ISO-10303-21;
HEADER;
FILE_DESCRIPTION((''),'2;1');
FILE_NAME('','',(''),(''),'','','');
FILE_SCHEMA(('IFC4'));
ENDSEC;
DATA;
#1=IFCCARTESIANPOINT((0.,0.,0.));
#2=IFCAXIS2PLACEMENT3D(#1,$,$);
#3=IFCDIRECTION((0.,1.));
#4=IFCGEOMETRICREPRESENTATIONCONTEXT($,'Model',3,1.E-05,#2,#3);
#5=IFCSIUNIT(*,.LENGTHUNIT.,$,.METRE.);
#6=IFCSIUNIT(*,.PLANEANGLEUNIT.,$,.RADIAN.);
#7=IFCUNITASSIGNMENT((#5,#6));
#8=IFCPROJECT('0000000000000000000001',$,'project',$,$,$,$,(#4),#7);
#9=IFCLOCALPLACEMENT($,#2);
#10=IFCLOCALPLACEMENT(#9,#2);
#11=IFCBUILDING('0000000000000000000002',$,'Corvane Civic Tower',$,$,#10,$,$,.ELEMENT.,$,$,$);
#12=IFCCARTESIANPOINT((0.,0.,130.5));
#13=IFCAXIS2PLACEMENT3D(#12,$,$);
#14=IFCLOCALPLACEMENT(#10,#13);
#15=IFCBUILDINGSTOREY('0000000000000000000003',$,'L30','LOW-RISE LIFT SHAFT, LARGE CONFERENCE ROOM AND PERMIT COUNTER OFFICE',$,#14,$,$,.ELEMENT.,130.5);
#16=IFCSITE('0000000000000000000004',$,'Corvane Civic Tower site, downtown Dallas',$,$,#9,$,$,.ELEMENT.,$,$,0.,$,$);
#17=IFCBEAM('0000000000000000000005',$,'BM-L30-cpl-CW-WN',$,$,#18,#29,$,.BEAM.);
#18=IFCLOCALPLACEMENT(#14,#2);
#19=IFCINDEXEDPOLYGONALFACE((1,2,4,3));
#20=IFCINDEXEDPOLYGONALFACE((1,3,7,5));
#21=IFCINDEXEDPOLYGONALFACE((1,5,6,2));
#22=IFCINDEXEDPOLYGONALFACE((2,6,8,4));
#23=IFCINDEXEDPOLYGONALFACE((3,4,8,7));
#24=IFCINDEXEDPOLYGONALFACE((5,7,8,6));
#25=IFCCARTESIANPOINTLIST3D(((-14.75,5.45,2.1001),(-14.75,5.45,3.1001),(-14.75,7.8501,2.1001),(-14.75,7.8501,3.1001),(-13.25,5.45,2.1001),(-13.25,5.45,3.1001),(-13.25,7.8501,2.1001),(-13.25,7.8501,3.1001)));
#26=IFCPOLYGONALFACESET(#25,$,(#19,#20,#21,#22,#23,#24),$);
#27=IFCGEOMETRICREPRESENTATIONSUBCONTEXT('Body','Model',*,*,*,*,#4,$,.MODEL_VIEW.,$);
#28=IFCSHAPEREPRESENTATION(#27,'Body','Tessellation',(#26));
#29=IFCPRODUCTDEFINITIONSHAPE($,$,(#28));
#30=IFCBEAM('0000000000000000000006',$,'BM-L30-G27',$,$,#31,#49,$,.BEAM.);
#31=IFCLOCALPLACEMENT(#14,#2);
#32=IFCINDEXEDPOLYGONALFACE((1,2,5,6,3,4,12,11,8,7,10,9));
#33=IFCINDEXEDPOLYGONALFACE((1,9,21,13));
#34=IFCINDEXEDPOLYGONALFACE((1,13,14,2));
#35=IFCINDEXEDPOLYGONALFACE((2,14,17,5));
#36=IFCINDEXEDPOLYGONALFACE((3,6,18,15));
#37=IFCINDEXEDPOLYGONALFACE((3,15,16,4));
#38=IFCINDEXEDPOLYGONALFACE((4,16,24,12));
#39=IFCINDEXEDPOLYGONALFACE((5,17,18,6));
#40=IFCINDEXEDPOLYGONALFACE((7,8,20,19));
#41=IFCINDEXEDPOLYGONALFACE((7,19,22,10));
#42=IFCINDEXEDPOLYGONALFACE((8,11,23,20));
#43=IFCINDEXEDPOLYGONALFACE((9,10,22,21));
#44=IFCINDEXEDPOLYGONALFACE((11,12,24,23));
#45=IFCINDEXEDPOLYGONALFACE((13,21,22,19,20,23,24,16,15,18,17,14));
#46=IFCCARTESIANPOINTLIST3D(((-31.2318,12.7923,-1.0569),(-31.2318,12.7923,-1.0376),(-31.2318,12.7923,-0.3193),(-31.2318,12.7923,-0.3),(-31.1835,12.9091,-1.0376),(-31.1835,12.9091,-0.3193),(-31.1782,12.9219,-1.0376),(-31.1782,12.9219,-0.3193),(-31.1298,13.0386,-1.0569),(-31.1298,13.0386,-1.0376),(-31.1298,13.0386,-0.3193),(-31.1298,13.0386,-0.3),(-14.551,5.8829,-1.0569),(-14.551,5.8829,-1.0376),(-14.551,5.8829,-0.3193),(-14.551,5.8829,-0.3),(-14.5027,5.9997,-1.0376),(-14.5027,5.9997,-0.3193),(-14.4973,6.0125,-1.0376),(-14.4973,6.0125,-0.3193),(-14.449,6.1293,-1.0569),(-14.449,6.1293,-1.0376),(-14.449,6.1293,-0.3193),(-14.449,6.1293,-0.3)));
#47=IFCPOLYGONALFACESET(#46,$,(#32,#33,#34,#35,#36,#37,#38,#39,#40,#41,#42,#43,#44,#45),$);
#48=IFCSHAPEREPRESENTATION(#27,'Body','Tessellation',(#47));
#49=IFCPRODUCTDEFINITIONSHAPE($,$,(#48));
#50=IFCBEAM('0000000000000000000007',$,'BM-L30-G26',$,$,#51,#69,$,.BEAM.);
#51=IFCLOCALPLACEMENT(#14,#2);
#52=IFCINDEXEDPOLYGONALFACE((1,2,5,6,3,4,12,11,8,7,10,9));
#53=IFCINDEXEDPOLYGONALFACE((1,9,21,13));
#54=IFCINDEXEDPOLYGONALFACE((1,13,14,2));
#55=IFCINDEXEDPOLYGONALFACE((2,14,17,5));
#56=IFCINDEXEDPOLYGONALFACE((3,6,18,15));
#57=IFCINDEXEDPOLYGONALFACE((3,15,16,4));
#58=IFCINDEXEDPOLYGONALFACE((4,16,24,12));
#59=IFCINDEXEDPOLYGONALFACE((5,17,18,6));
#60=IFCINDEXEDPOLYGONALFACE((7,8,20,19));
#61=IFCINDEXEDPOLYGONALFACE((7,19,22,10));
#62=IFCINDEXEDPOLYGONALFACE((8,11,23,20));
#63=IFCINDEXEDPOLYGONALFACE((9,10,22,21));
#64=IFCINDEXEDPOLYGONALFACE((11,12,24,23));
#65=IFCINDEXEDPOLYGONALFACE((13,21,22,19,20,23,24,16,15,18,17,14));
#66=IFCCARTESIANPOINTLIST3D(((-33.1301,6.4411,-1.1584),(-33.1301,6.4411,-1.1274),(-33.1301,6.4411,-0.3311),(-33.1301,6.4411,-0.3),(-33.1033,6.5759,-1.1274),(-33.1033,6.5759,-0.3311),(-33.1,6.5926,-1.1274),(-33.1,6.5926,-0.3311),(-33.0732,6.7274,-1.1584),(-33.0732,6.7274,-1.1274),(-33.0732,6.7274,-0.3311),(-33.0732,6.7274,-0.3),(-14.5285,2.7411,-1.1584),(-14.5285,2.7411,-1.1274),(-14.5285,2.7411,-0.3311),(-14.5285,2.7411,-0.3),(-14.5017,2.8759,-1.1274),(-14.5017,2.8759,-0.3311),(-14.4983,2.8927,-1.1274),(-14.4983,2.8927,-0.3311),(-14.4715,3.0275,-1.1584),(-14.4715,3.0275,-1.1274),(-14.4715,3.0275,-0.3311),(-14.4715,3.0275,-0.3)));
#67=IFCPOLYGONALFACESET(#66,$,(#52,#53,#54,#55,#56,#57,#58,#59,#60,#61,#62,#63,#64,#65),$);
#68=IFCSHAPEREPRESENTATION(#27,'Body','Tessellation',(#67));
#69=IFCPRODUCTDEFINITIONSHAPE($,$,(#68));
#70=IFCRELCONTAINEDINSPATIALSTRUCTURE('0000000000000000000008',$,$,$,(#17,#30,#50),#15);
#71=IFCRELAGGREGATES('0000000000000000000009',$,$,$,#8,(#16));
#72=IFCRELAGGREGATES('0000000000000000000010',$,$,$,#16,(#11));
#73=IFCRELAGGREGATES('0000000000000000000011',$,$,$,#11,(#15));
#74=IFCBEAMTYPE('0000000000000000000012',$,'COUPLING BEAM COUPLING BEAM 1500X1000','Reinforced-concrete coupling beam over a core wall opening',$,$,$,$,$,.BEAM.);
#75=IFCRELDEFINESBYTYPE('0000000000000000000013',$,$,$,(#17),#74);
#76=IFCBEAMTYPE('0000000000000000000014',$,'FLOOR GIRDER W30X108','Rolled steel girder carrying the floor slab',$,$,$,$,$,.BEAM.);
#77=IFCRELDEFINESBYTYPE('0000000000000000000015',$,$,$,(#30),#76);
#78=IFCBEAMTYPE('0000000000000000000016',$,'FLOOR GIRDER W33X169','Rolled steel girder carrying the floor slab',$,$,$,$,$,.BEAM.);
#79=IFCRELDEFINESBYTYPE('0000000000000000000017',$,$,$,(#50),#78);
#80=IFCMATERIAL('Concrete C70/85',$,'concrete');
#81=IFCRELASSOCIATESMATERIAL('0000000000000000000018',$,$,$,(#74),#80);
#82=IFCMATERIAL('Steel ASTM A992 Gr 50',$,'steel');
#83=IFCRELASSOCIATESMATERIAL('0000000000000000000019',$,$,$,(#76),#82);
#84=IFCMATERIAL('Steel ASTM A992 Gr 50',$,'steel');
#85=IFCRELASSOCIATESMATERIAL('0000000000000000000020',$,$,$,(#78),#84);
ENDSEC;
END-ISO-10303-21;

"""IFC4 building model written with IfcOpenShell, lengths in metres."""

from ifc_helpers import new_model, si_unit, direction, frame, origin, origin_2d, place, context, subcontext, project, spatial, rectangle, i_section, extrude, material, material_profile, profile_set, type_object, element, save


model = new_model("IFC4")

# Units and contexts
model_context = context("Model", 3, precision=1e-05, world=origin(), true_north=direction((0.0, 1.0)))
body_context = subcontext(model_context, "Body", "Model", "MODEL_VIEW")
ifc_project = project(units=[si_unit("LENGTHUNIT", "METRE"), si_unit("PLANEANGLEUNIT", "RADIAN")], contexts=[model_context])

# Site, building, storey
site_placement = place(None, origin())
site = spatial("IfcSite", under=ifc_project, at=site_placement, Name="Corvane Civic Tower site, downtown Dallas", CompositionType="ELEMENT", RefElevation=0.0)
building_placement = place(site_placement, origin())
building = spatial("IfcBuilding", under=site, at=building_placement, Name="Corvane Civic Tower", CompositionType="ELEMENT")
storey_placement = place(building_placement, frame((0.0, 0.0, 130.5)))
storey = spatial("IfcBuildingStorey", under=building, at=storey_placement, Name="L30", Description="LOW-RISE LIFT SHAFT, LARGE CONFERENCE ROOM AND PERMIT COUNTER OFFICE", CompositionType="ELEMENT", Elevation=130.5)

# Beams
ifc_material_1 = material(Name="Concrete C70/85", Category="concrete")
ifc_material_profile_1 = material_profile(ifc_material_1, rectangle(XDim=1.5, YDim=1.0, at=origin_2d()), Name="COUPLING BEAM 1500X1000")
ifc_profile_set_1 = profile_set([ifc_material_profile_1], Name="Concrete C70/85")
beam_type_1 = type_object("IfcBeamType", Name="COUPLING BEAM COUPLING BEAM 1500X1000", Description="Reinforced-concrete coupling beam over a core wall opening", PredefinedType="BEAM", material=ifc_profile_set_1)
beam_1_placement = place(storey_placement, frame((-14.0, 5.45, 2.6001), z_axis=(0.0, 1.0, 0.0), x_axis=(-1.0, 0.0, 0.0)))
element("IfcBeam", 1, at=beam_1_placement, inside=storey, type_object=beam_type_1, Name="BM-L30-cpl-CW-WN", PredefinedType="BEAM", context=body_context, shape_type="SweptSolid", body=[
    extrude(rectangle(XDim=1.5, YDim=1.0, at=origin_2d()), origin(), (0.0, 0.0, 1.0), 2.4001),
])
ifc_material_2 = material(Name="Steel ASTM A992 Gr 50", Category="steel")
ifc_material_profile_2 = material_profile(ifc_material_2, i_section(OverallWidth=0.2666, OverallDepth=0.7568, WebThickness=0.0139, FlangeThickness=0.0193, at=origin_2d()), Name="W30X108")
ifc_profile_set_2 = profile_set([ifc_material_profile_2], Name="Steel ASTM A992 Gr 50")
beam_type_2 = type_object("IfcBeamType", Name="FLOOR GIRDER W30X108", Description="Rolled steel girder carrying the floor slab", PredefinedType="BEAM", material=ifc_profile_set_2)
beam_2_placement = place(storey_placement, frame((-14.5, 6.0061, -0.6785), z_axis=(-0.92388, 0.382682, 0.0), x_axis=(-0.382682, -0.92388, 0.0)))
element("IfcBeam", 2, at=beam_2_placement, inside=storey, type_object=beam_type_2, Name="BM-L30-G27", PredefinedType="BEAM", context=body_context, shape_type="SweptSolid", body=[
    extrude(i_section(OverallWidth=0.2666, OverallDepth=0.7568, WebThickness=0.0139, FlangeThickness=0.0193, at=origin_2d()), origin(), (0.0, 0.0, 1.0), 18.0552),
])
ifc_material_3 = material(Name="Steel ASTM A992 Gr 50", Category="steel")
ifc_material_profile_3 = material_profile(ifc_material_3, i_section(OverallWidth=0.292, OverallDepth=0.8584, WebThickness=0.0171, FlangeThickness=0.031, at=origin_2d()), Name="W33X169")
ifc_profile_set_3 = profile_set([ifc_material_profile_3], Name="Steel ASTM A992 Gr 50")
beam_type_3 = type_object("IfcBeamType", Name="FLOOR GIRDER W33X169", Description="Rolled steel girder carrying the floor slab", PredefinedType="BEAM", material=ifc_profile_set_3)
beam_3_placement = place(storey_placement, frame((-14.5, 2.8843, -0.7292), z_axis=(-0.980787, 0.195084, 0.0), x_axis=(-0.195084, -0.980787, 0.0)))
element("IfcBeam", 3, at=beam_3_placement, inside=storey, type_object=beam_type_3, Name="BM-L30-G26", PredefinedType="BEAM", context=body_context, shape_type="SweptSolid", body=[
    extrude(i_section(OverallWidth=0.292, OverallDepth=0.8584, WebThickness=0.0171, FlangeThickness=0.031, at=origin_2d()), origin(), (0.0, 0.0, 1.0), 18.9661),
])

save(model, "model.ifc")
